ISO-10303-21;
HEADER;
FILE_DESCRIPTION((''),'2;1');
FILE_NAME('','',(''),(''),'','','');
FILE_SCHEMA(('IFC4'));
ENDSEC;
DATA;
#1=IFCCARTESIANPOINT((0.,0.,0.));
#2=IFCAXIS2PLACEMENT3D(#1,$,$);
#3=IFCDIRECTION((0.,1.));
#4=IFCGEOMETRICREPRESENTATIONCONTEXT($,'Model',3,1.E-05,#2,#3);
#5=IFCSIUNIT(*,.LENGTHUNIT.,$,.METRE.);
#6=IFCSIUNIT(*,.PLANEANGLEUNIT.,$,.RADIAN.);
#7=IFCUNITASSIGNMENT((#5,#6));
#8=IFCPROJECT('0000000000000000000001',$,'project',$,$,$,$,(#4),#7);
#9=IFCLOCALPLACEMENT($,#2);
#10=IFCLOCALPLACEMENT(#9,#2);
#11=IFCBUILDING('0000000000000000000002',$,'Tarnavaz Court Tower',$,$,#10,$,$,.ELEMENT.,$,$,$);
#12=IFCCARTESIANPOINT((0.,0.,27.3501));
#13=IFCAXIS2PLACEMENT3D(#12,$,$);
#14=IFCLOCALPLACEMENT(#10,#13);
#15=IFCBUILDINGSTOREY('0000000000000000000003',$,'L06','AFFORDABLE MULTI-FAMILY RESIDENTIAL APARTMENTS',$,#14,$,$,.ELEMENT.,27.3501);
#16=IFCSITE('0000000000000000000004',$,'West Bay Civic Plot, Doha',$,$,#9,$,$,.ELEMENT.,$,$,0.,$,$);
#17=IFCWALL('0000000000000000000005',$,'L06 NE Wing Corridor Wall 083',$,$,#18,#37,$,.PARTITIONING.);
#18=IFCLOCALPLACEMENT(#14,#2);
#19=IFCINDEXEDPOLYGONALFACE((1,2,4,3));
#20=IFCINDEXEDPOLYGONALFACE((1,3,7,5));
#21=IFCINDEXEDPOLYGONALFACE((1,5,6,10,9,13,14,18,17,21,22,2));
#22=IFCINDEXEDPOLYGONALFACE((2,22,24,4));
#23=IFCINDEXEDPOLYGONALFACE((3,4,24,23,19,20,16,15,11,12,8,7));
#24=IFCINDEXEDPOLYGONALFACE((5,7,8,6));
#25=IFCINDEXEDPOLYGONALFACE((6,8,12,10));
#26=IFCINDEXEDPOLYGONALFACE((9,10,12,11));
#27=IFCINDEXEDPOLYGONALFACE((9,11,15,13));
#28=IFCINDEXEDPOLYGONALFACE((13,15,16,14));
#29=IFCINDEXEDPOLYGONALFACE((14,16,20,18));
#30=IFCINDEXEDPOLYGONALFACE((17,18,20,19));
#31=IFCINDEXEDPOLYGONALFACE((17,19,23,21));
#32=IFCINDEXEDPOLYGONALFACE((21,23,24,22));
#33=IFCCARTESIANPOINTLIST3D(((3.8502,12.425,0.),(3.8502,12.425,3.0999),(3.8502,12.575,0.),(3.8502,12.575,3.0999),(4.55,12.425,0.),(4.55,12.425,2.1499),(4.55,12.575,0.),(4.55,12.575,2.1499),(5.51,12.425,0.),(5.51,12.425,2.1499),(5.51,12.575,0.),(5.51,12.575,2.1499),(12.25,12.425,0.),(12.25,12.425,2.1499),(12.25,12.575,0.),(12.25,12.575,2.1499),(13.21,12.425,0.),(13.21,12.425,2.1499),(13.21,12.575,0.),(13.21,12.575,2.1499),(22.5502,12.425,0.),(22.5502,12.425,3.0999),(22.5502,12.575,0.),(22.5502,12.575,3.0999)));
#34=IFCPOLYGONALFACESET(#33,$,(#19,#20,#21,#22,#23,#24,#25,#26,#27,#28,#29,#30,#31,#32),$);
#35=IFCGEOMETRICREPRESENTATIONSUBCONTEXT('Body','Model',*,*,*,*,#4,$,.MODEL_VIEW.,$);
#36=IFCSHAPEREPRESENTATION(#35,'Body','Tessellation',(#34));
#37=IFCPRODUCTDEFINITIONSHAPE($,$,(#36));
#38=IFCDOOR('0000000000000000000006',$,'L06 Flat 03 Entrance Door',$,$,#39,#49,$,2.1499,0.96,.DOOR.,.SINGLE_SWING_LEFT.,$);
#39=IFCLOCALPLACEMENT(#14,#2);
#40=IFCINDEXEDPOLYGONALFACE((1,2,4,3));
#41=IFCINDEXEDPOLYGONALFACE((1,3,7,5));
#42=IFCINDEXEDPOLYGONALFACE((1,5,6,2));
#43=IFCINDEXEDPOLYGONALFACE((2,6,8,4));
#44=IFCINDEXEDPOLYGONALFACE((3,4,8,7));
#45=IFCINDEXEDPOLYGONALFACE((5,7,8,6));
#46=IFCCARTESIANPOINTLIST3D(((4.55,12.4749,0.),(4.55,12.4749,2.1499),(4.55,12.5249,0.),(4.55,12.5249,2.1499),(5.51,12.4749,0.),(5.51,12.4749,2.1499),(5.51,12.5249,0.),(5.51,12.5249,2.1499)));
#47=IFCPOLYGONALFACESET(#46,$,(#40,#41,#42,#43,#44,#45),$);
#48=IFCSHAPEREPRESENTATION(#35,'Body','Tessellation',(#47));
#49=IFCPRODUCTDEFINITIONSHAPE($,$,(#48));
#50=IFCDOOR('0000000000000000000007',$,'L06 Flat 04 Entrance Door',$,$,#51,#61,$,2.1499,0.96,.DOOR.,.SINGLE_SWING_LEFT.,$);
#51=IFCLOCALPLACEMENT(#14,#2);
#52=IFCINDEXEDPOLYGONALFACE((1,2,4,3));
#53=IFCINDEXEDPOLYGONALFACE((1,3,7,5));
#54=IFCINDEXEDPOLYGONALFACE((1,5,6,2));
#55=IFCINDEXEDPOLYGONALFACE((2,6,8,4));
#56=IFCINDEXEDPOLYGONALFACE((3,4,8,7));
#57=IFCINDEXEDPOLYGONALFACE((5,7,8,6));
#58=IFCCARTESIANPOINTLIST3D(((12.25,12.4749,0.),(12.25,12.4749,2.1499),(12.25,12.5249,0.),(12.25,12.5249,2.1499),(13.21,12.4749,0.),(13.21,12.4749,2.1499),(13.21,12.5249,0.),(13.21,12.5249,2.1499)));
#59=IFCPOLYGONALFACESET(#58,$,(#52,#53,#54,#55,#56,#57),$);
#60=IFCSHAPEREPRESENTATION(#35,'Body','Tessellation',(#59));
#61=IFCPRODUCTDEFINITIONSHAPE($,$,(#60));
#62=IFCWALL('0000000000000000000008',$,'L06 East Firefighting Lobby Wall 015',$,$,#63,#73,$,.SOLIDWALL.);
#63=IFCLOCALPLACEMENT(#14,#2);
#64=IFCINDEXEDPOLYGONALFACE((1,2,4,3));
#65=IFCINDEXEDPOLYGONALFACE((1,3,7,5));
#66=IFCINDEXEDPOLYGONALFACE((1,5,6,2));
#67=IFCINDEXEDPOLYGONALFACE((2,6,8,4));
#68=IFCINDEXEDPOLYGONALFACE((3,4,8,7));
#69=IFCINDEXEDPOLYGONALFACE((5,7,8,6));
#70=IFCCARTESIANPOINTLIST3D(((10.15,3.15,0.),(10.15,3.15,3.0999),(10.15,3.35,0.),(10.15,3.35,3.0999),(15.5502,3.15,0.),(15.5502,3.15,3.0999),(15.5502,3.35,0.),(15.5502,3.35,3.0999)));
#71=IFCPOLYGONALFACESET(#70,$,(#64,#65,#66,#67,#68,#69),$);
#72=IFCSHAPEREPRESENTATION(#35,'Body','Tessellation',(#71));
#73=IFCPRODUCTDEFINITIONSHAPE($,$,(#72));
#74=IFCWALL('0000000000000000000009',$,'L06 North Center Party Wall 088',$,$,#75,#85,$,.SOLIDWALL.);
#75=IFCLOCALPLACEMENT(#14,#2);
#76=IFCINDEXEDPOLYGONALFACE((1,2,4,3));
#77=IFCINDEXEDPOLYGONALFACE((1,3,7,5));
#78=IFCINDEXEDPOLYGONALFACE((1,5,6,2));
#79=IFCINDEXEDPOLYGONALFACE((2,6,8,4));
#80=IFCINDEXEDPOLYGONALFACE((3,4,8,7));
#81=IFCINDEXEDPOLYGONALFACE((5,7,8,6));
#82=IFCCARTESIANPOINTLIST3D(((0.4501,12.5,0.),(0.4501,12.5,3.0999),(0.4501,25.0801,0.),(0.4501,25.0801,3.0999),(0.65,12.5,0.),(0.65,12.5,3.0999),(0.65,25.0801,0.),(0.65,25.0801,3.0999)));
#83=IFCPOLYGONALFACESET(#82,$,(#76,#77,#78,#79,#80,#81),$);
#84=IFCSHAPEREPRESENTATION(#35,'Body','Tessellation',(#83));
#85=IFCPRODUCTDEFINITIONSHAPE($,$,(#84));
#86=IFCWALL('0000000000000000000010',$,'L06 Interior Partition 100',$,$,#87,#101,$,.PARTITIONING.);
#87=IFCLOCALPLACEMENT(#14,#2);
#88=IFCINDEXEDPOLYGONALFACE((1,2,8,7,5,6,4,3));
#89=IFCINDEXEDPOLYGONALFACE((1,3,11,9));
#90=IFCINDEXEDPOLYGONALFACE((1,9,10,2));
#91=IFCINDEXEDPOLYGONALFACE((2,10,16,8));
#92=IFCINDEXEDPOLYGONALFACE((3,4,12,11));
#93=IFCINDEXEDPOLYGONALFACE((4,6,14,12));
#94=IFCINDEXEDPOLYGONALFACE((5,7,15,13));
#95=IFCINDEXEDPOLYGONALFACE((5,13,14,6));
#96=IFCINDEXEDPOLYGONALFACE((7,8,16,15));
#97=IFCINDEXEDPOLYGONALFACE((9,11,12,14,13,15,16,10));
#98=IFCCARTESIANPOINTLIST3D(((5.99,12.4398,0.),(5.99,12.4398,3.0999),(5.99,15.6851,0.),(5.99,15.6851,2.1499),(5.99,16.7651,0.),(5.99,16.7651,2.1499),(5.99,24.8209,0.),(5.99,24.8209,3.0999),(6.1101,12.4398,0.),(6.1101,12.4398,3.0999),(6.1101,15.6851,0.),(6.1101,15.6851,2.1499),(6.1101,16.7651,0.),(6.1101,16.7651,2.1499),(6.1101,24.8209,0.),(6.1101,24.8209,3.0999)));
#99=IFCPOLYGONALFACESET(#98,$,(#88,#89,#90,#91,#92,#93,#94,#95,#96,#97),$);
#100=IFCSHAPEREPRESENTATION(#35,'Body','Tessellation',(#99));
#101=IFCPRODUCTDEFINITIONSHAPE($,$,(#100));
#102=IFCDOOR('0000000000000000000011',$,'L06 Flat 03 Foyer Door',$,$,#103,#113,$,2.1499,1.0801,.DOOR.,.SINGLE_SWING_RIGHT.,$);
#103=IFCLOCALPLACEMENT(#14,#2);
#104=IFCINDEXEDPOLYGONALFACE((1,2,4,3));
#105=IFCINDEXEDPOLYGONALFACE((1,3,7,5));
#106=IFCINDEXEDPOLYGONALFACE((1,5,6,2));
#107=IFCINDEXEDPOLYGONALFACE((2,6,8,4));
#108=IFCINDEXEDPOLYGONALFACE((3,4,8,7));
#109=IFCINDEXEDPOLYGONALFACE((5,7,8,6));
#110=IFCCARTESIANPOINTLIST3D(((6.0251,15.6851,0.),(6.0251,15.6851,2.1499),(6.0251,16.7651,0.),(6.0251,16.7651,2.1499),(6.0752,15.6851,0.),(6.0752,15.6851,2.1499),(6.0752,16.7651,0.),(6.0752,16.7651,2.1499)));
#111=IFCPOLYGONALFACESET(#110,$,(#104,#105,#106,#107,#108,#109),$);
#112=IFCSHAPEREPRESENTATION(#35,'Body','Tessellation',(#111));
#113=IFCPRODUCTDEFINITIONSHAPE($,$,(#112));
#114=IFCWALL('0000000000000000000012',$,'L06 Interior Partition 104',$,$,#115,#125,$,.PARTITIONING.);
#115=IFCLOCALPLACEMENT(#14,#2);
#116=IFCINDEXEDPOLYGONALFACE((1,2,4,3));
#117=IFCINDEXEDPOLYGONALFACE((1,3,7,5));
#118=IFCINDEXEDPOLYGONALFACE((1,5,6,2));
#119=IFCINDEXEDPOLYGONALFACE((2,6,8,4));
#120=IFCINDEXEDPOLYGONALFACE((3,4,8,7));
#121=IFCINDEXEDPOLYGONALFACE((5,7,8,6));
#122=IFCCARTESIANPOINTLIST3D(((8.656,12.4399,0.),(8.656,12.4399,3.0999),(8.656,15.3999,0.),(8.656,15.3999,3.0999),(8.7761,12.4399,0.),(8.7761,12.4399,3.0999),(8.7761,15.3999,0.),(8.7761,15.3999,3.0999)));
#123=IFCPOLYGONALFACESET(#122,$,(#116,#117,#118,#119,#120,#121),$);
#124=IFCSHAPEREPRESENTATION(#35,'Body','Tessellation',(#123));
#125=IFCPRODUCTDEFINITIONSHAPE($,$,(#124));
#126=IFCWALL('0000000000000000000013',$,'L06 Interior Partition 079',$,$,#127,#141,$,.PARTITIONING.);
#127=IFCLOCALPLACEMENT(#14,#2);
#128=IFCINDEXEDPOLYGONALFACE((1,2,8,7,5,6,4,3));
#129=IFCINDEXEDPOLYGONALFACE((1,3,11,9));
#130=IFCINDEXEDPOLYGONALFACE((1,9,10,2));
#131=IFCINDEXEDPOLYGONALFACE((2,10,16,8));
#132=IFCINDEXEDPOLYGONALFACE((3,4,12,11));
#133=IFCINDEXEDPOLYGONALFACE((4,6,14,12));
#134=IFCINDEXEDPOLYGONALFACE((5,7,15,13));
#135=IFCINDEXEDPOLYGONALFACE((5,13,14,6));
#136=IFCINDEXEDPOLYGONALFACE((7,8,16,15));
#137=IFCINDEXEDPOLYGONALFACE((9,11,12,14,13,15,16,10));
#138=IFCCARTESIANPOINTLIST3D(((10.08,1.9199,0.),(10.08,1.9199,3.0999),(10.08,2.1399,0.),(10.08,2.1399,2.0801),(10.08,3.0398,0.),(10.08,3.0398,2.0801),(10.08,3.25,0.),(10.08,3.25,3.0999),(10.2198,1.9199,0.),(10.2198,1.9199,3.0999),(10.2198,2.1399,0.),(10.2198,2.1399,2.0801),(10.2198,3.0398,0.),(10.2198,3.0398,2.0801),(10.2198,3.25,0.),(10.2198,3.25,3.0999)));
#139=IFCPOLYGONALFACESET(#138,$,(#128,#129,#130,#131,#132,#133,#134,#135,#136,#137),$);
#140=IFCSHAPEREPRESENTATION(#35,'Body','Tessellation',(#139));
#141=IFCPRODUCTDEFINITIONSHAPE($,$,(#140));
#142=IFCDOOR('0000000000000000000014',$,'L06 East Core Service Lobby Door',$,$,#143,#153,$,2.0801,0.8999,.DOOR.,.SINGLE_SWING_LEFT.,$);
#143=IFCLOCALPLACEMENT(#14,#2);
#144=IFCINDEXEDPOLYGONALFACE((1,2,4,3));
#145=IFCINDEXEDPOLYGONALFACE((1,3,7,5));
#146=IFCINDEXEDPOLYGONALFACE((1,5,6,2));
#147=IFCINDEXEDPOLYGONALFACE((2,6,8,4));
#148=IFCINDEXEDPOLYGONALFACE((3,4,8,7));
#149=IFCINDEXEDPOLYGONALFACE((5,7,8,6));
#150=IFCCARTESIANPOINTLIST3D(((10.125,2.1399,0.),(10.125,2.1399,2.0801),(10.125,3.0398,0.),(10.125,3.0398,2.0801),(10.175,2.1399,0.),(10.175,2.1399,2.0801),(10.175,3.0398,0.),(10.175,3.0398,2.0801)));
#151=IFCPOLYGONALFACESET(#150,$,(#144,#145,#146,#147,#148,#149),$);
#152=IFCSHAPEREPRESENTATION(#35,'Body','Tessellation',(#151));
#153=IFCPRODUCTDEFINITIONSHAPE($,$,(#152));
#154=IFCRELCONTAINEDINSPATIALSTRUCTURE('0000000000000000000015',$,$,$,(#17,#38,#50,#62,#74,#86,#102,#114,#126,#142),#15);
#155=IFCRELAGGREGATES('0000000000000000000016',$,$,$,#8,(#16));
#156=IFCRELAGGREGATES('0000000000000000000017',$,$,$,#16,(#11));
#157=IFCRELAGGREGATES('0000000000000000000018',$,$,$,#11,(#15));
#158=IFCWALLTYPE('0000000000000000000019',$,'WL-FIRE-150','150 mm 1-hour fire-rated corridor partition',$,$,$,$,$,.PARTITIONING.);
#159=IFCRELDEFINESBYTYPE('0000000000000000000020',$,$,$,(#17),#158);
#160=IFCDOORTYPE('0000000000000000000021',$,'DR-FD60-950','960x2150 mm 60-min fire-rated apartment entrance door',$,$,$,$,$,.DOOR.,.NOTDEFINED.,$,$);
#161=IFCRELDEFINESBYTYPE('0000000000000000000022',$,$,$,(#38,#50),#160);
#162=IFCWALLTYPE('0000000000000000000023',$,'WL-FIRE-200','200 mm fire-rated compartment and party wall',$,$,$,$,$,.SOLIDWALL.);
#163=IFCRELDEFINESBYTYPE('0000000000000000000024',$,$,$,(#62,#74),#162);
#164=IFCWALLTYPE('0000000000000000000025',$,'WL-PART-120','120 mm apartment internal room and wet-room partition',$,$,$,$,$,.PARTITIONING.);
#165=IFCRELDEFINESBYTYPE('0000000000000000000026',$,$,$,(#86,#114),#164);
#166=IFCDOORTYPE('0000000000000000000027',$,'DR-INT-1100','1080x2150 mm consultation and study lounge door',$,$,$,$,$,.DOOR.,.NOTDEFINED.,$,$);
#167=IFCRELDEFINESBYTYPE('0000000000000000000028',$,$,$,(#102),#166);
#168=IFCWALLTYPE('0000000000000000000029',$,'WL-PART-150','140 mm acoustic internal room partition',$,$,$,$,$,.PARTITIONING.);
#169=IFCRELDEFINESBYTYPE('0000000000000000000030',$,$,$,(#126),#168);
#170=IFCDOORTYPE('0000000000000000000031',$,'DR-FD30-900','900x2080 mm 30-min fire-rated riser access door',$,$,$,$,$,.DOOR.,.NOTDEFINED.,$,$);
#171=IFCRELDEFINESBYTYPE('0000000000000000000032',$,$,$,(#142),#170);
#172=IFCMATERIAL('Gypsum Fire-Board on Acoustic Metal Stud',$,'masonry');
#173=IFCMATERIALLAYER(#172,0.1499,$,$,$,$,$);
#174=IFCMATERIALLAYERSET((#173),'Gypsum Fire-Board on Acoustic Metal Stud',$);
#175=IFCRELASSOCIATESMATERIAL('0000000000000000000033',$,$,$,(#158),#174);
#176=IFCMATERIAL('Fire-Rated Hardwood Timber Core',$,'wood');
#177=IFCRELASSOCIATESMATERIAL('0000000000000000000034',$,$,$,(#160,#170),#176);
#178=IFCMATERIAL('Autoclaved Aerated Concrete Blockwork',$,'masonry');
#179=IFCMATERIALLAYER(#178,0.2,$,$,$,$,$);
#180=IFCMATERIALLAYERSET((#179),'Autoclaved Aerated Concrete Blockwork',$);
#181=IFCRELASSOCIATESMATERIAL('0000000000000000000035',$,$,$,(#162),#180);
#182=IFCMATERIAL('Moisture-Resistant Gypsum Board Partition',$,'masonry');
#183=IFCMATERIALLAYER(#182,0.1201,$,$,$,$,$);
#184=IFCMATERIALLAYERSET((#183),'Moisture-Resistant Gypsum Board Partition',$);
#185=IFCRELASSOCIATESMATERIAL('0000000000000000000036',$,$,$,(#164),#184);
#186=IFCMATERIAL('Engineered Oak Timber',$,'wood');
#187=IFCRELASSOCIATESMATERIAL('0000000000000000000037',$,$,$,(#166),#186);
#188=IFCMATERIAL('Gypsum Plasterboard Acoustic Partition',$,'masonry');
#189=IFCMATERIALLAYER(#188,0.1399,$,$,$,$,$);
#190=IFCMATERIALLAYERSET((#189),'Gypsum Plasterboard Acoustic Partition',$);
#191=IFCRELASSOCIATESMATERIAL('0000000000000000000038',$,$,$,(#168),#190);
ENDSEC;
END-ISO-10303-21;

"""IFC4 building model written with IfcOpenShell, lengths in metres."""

from ifc_helpers import new_model, si_unit, direction, frame, frame_2d, origin, place, context, subcontext, project, spatial, rectangle, extrude, material, layer, layer_set, type_object, element, fill, save


model = new_model("IFC4")

# Units and contexts
model_context = context("Model", 3, precision=1e-05, world=origin(), true_north=direction((0.0, 1.0)))
body_context = subcontext(model_context, "Body", "Model", "MODEL_VIEW")
ifc_project = project(units=[si_unit("LENGTHUNIT", "METRE"), si_unit("PLANEANGLEUNIT", "RADIAN")], contexts=[model_context])

# Site, building, storey
site_placement = place(None, origin())
site = spatial("IfcSite", under=ifc_project, at=site_placement, Name="West Bay Civic Plot, Doha", CompositionType="ELEMENT", RefElevation=0.0)
building_placement = place(site_placement, origin())
building = spatial("IfcBuilding", under=site, at=building_placement, Name="Tarnavaz Court Tower", CompositionType="ELEMENT")
storey_placement = place(building_placement, frame((0.0, 0.0, 27.3501)))
storey = spatial("IfcBuildingStorey", under=building, at=storey_placement, Name="L06", Description="AFFORDABLE MULTI-FAMILY RESIDENTIAL APARTMENTS", CompositionType="ELEMENT", Elevation=27.3501)

# Shared definitions
ifc_material_1 = material(Name="Fire-Rated Hardwood Timber Core", Category="wood")

# Wall, openings, doors
ifc_material_2 = material(Name="Gypsum Fire-Board on Acoustic Metal Stud", Category="masonry")
ifc_layer_1 = layer(ifc_material_2, 0.1499)
ifc_layer_set_1 = layer_set([ifc_layer_1], Name="Gypsum Fire-Board on Acoustic Metal Stud")
wall_type_1 = type_object("IfcWallType", Name="WL-FIRE-150", Description="150 mm 1-hour fire-rated corridor partition", PredefinedType="PARTITIONING", material=ifc_layer_set_1)
wall_1_placement = place(storey_placement, frame((3.8501, 12.5, 0.0), z_axis=(0.0, 0.0, 1.0), x_axis=(1.0, 0.0, 0.0)))
wall_1 = element("IfcWall", 1, at=wall_1_placement, inside=storey, type_object=wall_type_1, Name="L06 NE Wing Corridor Wall 083", PredefinedType="PARTITIONING", context=body_context, shape_type="SweptSolid", body=[
    extrude(rectangle(XDim=18.7, YDim=0.1499, at=frame_2d((9.3501, 0.0))), origin(), (0.0, 0.0, 1.0), 3.0999),
])
opening_1_placement = place(wall_1_placement, frame((0.7, 0.0, 0.0)))
opening_1 = element("IfcOpeningElement", 2, at=opening_1_placement, cuts=wall_1, PredefinedType="OPENING", context=body_context, shape_type="SweptSolid", body=[
    extrude(rectangle(XDim=0.96, YDim=2.1499, at=frame_2d((0.48, 1.075))), frame((0.0, 0.085, 0.0), z_axis=(0.0, -1.0, 0.0), x_axis=(1.0, 0.0, 0.0)), (0.0, 0.0, 1.0), 0.1699),
])
opening_2_placement = place(wall_1_placement, frame((8.3999, 0.0, 0.0)))
opening_2 = element("IfcOpeningElement", 3, at=opening_2_placement, cuts=wall_1, PredefinedType="OPENING", context=body_context, shape_type="SweptSolid", body=[
    extrude(rectangle(XDim=0.96, YDim=2.1499, at=frame_2d((0.48, 1.075))), frame((0.0, 0.085, 0.0), z_axis=(0.0, -1.0, 0.0), x_axis=(1.0, 0.0, 0.0)), (0.0, 0.0, 1.0), 0.1699),
])
door_type_1 = type_object("IfcDoorType", Name="DR-FD60-950", Description="960x2150 mm 60-min fire-rated apartment entrance door", OperationType="NOTDEFINED", PredefinedType="DOOR", material=ifc_material_1)
door_1_placement = place(opening_1_placement, origin())
door_1 = element("IfcDoor", 4, at=door_1_placement, inside=storey, type_object=door_type_1, Name="L06 Flat 03 Entrance Door", OperationType="SINGLE_SWING_LEFT", OverallHeight=2.1499, OverallWidth=0.96, PredefinedType="DOOR", context=body_context, shape_type="SweptSolid", body=[
    extrude(rectangle(XDim=0.96, YDim=2.1499, at=frame_2d((0.48, 1.075))), frame((0.0, 0.0249, 0.0), z_axis=(0.0, -1.0, 0.0), x_axis=(1.0, 0.0, 0.0)), (0.0, 0.0, 1.0), 0.05),
])
fill(opening_1, door_1)
door_2_placement = place(opening_2_placement, origin())
door_2 = element("IfcDoor", 5, at=door_2_placement, inside=storey, type_object=door_type_1, Name="L06 Flat 04 Entrance Door", OperationType="SINGLE_SWING_LEFT", OverallHeight=2.1499, OverallWidth=0.96, PredefinedType="DOOR", context=body_context, shape_type="SweptSolid", body=[
    extrude(rectangle(XDim=0.96, YDim=2.1499, at=frame_2d((0.48, 1.075))), frame((0.0, 0.0249, 0.0), z_axis=(0.0, -1.0, 0.0), x_axis=(1.0, 0.0, 0.0)), (0.0, 0.0, 1.0), 0.05),
])
fill(opening_2, door_2)

# Wall
ifc_material_3 = material(Name="Autoclaved Aerated Concrete Blockwork", Category="masonry")
ifc_layer_2 = layer(ifc_material_3, 0.2)
ifc_layer_set_2 = layer_set([ifc_layer_2], Name="Autoclaved Aerated Concrete Blockwork")
wall_type_2 = type_object("IfcWallType", Name="WL-FIRE-200", Description="200 mm fire-rated compartment and party wall", PredefinedType="SOLIDWALL", material=ifc_layer_set_2)
wall_2_placement = place(storey_placement, frame((10.1499, 3.25, 0.0), z_axis=(0.0, 0.0, 1.0), x_axis=(1.0, 0.0, 0.0)))
element("IfcWall", 6, at=wall_2_placement, inside=storey, type_object=wall_type_2, Name="L06 East Firefighting Lobby Wall 015", PredefinedType="SOLIDWALL", context=body_context, shape_type="SweptSolid", body=[
    extrude(rectangle(XDim=5.4001, YDim=0.2, at=frame_2d((2.7002, 0.0))), origin(), (0.0, 0.0, 1.0), 3.0999),
])

# Wall
wall_3_placement = place(storey_placement, frame((0.55, 12.5, 0.0), z_axis=(0.0, 0.0, 1.0), x_axis=(0.0, 1.0, 0.0)))
element("IfcWall", 7, at=wall_3_placement, inside=storey, type_object=wall_type_2, Name="L06 North Center Party Wall 088", PredefinedType="SOLIDWALL", context=body_context, shape_type="SweptSolid", body=[
    extrude(rectangle(XDim=12.5801, YDim=0.2, at=frame_2d((6.29, 0.0))), origin(), (0.0, 0.0, 1.0), 3.0999),
])

# Wall, opening, door
ifc_material_4 = material(Name="Moisture-Resistant Gypsum Board Partition", Category="masonry")
ifc_layer_3 = layer(ifc_material_4, 0.1201)
ifc_layer_set_3 = layer_set([ifc_layer_3], Name="Moisture-Resistant Gypsum Board Partition")
wall_type_3 = type_object("IfcWallType", Name="WL-PART-120", Description="120 mm apartment internal room and wet-room partition", PredefinedType="PARTITIONING", material=ifc_layer_set_3)
wall_4_placement = place(storey_placement, frame((6.05, 12.4399, 0.0), z_axis=(0.0, 0.0, 1.0), x_axis=(0.0, 1.0, 0.0)))
wall_4 = element("IfcWall", 8, at=wall_4_placement, inside=storey, type_object=wall_type_3, Name="L06 Interior Partition 100", PredefinedType="PARTITIONING", context=body_context, shape_type="SweptSolid", body=[
    extrude(rectangle(XDim=12.3811, YDim=0.1201, at=frame_2d((6.1904, 0.0))), origin(), (0.0, 0.0, 1.0), 3.0999),
])
opening_3_placement = place(wall_4_placement, frame((3.2451, 0.0, 0.0)))
opening_3 = element("IfcOpeningElement", 9, at=opening_3_placement, cuts=wall_4, PredefinedType="OPENING", context=body_context, shape_type="SweptSolid", body=[
    extrude(rectangle(XDim=1.0801, YDim=2.1499, at=frame_2d((0.54, 1.075))), frame((0.0, 0.0701, 0.0), z_axis=(0.0, -1.0, 0.0), x_axis=(1.0, 0.0, 0.0)), (0.0, 0.0, 1.0), 0.1401),
])
ifc_material_5 = material(Name="Engineered Oak Timber", Category="wood")
door_type_2 = type_object("IfcDoorType", Name="DR-INT-1100", Description="1080x2150 mm consultation and study lounge door", OperationType="NOTDEFINED", PredefinedType="DOOR", material=ifc_material_5)
door_3_placement = place(opening_3_placement, origin())
door_3 = element("IfcDoor", 10, at=door_3_placement, inside=storey, type_object=door_type_2, Name="L06 Flat 03 Foyer Door", OperationType="SINGLE_SWING_RIGHT", OverallHeight=2.1499, OverallWidth=1.0801, PredefinedType="DOOR", context=body_context, shape_type="SweptSolid", body=[
    extrude(rectangle(XDim=1.0801, YDim=2.1499, at=frame_2d((0.54, 1.075))), frame((0.0, 0.0249, 0.0), z_axis=(0.0, -1.0, 0.0), x_axis=(1.0, 0.0, 0.0)), (0.0, 0.0, 1.0), 0.05),
])
fill(opening_3, door_3)

# Wall
wall_5_placement = place(storey_placement, frame((8.7161, 12.4399, 0.0), z_axis=(0.0, 0.0, 1.0), x_axis=(0.0, 1.0, 0.0)))
element("IfcWall", 11, at=wall_5_placement, inside=storey, type_object=wall_type_3, Name="L06 Interior Partition 104", PredefinedType="PARTITIONING", context=body_context, shape_type="SweptSolid", body=[
    extrude(rectangle(XDim=2.96, YDim=0.1201, at=frame_2d((1.48, 0.0))), origin(), (0.0, 0.0, 1.0), 3.0999),
])

# Wall, opening, door
ifc_material_6 = material(Name="Gypsum Plasterboard Acoustic Partition", Category="masonry")
ifc_layer_4 = layer(ifc_material_6, 0.1399)
ifc_layer_set_4 = layer_set([ifc_layer_4], Name="Gypsum Plasterboard Acoustic Partition")
wall_type_4 = type_object("IfcWallType", Name="WL-PART-150", Description="140 mm acoustic internal room partition", PredefinedType="PARTITIONING", material=ifc_layer_set_4)
wall_6_placement = place(storey_placement, frame((10.1499, 1.9199, 0.0), z_axis=(0.0, 0.0, 1.0), x_axis=(0.0, 1.0, 0.0)))
wall_6 = element("IfcWall", 12, at=wall_6_placement, inside=storey, type_object=wall_type_4, Name="L06 Interior Partition 079", PredefinedType="PARTITIONING", context=body_context, shape_type="SweptSolid", body=[
    extrude(rectangle(XDim=1.3301, YDim=0.1399, at=frame_2d((0.665, 0.0))), origin(), (0.0, 0.0, 1.0), 3.0999),
])
opening_4_placement = place(wall_6_placement, frame((0.22, 0.0, 0.0)))
opening_4 = element("IfcOpeningElement", 13, at=opening_4_placement, cuts=wall_6, PredefinedType="OPENING", context=body_context, shape_type="SweptSolid", body=[
    extrude(rectangle(XDim=0.8999, YDim=2.0801, at=frame_2d((0.45, 1.04))), frame((0.0, 0.0798, 0.0), z_axis=(0.0, -1.0, 0.0), x_axis=(1.0, 0.0, 0.0)), (0.0, 0.0, 1.0), 0.1599),
])
door_type_3 = type_object("IfcDoorType", Name="DR-FD30-900", Description="900x2080 mm 30-min fire-rated riser access door", OperationType="NOTDEFINED", PredefinedType="DOOR", material=ifc_material_1)
door_4_placement = place(opening_4_placement, origin())
door_4 = element("IfcDoor", 14, at=door_4_placement, inside=storey, type_object=door_type_3, Name="L06 East Core Service Lobby Door", OperationType="SINGLE_SWING_LEFT", OverallHeight=2.0801, OverallWidth=0.8999, PredefinedType="DOOR", context=body_context, shape_type="SweptSolid", body=[
    extrude(rectangle(XDim=0.8999, YDim=2.0801, at=frame_2d((0.45, 1.04))), frame((0.0, 0.0249, 0.0), z_axis=(0.0, -1.0, 0.0), x_axis=(1.0, 0.0, 0.0)), (0.0, 0.0, 1.0), 0.05),
])
fill(opening_4, door_4)

save(model, "model.ifc")
